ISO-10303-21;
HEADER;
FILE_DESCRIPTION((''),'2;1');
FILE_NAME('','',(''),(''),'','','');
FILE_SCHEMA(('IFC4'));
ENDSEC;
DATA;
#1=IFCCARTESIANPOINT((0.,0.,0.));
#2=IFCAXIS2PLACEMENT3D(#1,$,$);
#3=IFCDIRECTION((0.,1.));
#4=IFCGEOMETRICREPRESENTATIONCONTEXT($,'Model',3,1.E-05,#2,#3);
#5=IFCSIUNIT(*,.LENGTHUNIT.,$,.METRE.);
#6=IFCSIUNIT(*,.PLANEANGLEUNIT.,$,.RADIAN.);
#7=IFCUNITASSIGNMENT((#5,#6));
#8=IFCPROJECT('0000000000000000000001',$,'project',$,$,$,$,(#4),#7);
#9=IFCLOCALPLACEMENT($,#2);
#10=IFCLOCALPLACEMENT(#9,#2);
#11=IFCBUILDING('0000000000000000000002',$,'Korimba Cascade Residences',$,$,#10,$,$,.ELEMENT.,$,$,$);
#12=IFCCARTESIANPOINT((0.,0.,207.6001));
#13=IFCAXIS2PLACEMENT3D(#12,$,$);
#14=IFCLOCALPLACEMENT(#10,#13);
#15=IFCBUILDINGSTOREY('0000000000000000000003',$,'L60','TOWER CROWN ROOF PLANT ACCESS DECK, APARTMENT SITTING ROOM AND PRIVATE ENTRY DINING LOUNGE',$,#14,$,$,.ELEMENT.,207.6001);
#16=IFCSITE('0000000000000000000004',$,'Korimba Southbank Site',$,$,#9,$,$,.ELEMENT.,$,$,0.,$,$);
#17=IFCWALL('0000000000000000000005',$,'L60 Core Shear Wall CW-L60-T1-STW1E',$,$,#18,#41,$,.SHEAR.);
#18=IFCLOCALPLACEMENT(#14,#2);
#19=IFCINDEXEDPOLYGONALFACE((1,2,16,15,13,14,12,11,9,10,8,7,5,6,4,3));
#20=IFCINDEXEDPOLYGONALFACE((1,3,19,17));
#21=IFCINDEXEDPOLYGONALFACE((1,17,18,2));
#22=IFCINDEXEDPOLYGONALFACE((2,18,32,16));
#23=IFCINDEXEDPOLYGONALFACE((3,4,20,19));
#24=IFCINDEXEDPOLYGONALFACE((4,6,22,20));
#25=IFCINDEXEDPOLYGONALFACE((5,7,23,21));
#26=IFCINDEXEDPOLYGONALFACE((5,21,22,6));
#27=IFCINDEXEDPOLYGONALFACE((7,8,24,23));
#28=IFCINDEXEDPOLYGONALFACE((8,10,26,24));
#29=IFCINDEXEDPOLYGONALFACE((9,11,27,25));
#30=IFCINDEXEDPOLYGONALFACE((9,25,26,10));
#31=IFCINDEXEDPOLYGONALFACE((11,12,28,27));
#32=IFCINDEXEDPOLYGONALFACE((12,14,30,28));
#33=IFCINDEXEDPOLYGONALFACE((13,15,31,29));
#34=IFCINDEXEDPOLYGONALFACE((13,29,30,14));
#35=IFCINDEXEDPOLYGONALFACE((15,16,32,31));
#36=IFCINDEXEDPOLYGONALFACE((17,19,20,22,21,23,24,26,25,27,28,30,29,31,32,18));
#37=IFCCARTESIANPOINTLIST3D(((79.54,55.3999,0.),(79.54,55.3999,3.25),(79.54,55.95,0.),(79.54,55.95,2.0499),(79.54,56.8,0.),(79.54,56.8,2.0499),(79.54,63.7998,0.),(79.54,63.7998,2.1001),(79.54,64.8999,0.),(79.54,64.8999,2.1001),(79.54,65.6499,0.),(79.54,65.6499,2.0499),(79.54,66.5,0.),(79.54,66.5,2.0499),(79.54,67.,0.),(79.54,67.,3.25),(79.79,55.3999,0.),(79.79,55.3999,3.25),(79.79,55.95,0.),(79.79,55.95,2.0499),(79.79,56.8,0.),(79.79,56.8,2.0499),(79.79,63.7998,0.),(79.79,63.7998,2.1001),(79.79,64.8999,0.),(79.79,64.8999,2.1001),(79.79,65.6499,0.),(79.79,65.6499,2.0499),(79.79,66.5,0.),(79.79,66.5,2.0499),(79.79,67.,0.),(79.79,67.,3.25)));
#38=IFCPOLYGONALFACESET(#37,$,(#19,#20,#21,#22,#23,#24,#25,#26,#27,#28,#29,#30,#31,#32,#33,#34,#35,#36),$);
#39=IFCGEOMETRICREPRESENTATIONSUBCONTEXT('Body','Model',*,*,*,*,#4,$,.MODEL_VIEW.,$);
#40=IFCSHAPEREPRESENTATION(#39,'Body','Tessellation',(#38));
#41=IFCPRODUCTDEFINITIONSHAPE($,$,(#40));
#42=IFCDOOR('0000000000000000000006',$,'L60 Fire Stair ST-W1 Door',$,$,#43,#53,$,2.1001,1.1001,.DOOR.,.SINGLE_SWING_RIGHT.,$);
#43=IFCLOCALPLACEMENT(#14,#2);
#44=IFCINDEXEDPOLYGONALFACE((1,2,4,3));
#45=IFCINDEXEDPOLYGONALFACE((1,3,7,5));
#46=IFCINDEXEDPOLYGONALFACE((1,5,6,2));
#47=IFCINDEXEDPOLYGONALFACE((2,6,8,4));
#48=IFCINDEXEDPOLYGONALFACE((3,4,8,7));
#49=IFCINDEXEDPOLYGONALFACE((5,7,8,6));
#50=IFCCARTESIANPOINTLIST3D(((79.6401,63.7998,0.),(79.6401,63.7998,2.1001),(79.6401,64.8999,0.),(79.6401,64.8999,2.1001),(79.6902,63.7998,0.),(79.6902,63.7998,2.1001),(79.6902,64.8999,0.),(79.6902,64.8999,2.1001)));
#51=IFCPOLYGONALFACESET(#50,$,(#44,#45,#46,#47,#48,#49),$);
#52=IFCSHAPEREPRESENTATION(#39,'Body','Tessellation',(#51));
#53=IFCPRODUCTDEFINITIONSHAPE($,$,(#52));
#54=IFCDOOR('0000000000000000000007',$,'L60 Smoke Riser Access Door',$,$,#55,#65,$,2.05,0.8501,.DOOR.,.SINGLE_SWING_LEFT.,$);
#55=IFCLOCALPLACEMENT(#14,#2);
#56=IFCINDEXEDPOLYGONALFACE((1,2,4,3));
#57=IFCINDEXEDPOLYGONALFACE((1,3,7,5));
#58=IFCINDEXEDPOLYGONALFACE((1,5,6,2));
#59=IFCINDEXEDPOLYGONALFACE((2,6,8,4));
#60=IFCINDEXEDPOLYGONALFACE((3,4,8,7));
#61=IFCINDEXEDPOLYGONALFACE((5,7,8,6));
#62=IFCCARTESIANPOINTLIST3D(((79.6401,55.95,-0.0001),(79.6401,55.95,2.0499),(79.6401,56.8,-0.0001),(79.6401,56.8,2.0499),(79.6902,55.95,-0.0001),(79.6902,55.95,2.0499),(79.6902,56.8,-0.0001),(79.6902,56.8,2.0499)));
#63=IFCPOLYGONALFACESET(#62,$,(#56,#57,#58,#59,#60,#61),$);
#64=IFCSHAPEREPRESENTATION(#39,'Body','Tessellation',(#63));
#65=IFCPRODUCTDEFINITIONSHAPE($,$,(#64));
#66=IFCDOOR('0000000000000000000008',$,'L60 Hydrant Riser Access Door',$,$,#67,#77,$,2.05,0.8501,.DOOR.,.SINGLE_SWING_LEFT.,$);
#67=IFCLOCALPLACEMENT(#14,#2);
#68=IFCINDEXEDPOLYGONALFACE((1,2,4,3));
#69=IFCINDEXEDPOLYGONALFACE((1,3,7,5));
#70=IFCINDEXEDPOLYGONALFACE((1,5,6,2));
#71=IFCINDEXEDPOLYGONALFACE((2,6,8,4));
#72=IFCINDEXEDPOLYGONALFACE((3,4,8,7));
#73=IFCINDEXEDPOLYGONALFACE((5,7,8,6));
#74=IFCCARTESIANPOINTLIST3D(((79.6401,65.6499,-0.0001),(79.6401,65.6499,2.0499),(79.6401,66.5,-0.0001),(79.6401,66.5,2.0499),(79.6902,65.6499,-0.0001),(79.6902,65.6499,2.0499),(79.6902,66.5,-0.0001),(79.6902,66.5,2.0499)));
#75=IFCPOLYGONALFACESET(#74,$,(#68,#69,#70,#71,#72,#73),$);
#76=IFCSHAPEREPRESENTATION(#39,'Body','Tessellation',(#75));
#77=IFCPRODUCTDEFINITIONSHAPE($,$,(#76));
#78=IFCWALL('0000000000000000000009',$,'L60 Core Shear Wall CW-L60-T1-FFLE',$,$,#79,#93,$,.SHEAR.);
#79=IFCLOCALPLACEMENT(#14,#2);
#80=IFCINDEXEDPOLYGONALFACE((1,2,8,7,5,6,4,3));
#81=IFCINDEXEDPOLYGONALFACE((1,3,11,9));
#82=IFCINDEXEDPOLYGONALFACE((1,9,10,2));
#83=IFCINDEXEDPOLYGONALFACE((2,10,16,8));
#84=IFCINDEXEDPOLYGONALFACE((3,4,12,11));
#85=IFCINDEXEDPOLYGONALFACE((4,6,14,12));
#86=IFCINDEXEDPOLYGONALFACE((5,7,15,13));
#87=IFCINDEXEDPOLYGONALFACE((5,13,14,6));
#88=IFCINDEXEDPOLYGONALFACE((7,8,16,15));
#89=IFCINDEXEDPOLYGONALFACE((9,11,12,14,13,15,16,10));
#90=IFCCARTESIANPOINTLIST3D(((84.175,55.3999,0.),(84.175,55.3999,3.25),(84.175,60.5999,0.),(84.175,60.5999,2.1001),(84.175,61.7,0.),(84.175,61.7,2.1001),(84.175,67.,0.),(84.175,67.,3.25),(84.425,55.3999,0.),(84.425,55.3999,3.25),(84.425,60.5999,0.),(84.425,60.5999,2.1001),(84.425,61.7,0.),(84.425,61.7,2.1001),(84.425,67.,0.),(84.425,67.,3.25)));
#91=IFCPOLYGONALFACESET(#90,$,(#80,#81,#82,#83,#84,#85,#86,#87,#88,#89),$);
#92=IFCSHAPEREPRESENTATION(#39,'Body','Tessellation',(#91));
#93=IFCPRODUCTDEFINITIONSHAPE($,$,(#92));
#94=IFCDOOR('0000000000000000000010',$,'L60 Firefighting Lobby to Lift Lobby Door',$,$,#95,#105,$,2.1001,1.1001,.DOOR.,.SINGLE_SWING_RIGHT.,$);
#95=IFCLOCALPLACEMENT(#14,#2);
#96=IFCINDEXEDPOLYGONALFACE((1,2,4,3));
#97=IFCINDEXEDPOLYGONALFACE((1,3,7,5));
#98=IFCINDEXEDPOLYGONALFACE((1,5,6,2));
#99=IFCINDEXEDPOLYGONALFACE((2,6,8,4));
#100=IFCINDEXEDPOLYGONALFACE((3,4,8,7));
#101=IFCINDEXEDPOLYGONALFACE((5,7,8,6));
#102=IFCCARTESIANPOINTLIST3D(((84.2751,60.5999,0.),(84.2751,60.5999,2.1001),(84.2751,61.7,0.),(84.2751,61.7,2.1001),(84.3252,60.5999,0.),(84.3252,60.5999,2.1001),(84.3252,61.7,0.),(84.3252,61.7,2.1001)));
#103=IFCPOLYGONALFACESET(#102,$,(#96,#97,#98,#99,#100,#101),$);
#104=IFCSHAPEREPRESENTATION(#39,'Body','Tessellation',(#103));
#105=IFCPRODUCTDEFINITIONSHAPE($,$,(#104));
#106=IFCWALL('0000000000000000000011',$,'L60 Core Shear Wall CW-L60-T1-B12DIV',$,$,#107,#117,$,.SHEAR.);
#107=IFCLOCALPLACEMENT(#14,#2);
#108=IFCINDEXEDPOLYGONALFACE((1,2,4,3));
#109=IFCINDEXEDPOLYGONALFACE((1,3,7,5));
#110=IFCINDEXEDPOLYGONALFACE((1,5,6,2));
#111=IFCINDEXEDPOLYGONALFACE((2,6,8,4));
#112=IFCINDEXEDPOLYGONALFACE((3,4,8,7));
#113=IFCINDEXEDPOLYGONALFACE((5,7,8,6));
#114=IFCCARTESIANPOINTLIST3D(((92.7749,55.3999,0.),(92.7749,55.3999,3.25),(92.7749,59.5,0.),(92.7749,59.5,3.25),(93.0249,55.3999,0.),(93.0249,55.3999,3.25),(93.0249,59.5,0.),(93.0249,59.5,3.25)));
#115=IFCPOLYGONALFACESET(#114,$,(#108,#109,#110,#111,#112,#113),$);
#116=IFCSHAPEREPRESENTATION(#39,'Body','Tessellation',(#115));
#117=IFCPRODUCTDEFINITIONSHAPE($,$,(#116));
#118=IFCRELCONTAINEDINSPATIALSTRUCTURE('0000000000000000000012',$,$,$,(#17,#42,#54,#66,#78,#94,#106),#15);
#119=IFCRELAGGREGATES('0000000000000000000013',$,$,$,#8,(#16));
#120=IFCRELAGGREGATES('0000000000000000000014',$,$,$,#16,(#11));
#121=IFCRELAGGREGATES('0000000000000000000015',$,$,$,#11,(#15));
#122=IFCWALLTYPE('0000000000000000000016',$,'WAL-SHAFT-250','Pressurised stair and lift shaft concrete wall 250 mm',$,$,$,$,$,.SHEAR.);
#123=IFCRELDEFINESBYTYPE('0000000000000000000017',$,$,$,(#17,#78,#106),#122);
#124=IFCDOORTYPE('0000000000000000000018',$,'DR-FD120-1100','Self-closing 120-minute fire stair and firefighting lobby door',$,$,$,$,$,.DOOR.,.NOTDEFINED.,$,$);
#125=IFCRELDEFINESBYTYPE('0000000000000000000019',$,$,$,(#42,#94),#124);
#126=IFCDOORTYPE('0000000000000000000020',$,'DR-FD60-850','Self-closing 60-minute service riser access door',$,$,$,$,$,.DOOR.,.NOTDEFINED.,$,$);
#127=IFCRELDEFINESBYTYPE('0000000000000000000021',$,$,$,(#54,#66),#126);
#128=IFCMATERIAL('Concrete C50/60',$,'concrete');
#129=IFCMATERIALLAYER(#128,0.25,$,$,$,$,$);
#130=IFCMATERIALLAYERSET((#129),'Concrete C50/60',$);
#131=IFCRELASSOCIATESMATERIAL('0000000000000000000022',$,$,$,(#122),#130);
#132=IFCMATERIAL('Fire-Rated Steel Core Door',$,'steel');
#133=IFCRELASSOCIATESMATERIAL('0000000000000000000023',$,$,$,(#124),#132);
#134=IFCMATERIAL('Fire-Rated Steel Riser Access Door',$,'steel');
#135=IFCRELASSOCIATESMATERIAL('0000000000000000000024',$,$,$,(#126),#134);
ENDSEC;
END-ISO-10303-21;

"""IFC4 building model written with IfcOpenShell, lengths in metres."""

from ifc_helpers import new_model, si_unit, direction, frame, frame_2d, origin, place, context, subcontext, project, spatial, rectangle, extrude, material, layer, layer_set, type_object, element, fill, save


model = new_model("IFC4")

# Units and contexts
model_context = context("Model", 3, precision=1e-05, world=origin(), true_north=direction((0.0, 1.0)))
body_context = subcontext(model_context, "Body", "Model", "MODEL_VIEW")
ifc_project = project(units=[si_unit("LENGTHUNIT", "METRE"), si_unit("PLANEANGLEUNIT", "RADIAN")], contexts=[model_context])

# Site, building, storey
site_placement = place(None, origin())
site = spatial("IfcSite", under=ifc_project, at=site_placement, Name="Korimba Southbank Site", CompositionType="ELEMENT", RefElevation=0.0)
building_placement = place(site_placement, origin())
building = spatial("IfcBuilding", under=site, at=building_placement, Name="Korimba Cascade Residences", CompositionType="ELEMENT")
storey_placement = place(building_placement, frame((0.0, 0.0, 207.6001)))
storey = spatial("IfcBuildingStorey", under=building, at=storey_placement, Name="L60", Description="TOWER CROWN ROOF PLANT ACCESS DECK, APARTMENT SITTING ROOM AND PRIVATE ENTRY DINING LOUNGE", CompositionType="ELEMENT", Elevation=207.6001)

# Wall, openings, doors
ifc_material_1 = material(Name="Concrete C50/60", Category="concrete")
ifc_layer_1 = layer(ifc_material_1, 0.25)
ifc_layer_set_1 = layer_set([ifc_layer_1], Name="Concrete C50/60")
wall_type_1 = type_object("IfcWallType", Name="WAL-SHAFT-250", Description="Pressurised stair and lift shaft concrete wall 250 mm", PredefinedType="SHEAR", material=ifc_layer_set_1)
wall_1_placement = place(storey_placement, frame((79.665, 55.3999, 0.0), z_axis=(0.0, 0.0, 1.0), x_axis=(0.0, 1.0, 0.0)))
wall_1 = element("IfcWall", 1, at=wall_1_placement, inside=storey, type_object=wall_type_1, Name="L60 Core Shear Wall CW-L60-T1-STW1E", PredefinedType="SHEAR", context=body_context, shape_type="SweptSolid", body=[
    extrude(rectangle(XDim=11.6001, YDim=0.25, at=frame_2d((5.8, 0.0))), origin(), (0.0, 0.0, 1.0), 3.25),
])
opening_1_placement = place(wall_1_placement, frame((0.55, 0.0, 0.0)))
opening_1 = element("IfcOpeningElement", 2, at=opening_1_placement, cuts=wall_1, PredefinedType="OPENING", context=body_context, shape_type="SweptSolid", body=[
    extrude(rectangle(XDim=0.8501, YDim=2.05, at=frame_2d((0.425, 1.0249))), frame((0.0, 0.135, 0.0), z_axis=(0.0, -1.0, 0.0), x_axis=(1.0, 0.0, 0.0)), (0.0, 0.0, 1.0), 0.27),
])
opening_2_placement = place(wall_1_placement, frame((8.3999, 0.0, 0.0)))
opening_2 = element("IfcOpeningElement", 3, at=opening_2_placement, cuts=wall_1, PredefinedType="OPENING", context=body_context, shape_type="SweptSolid", body=[
    extrude(rectangle(XDim=1.1001, YDim=2.1001, at=frame_2d((0.55, 1.05))), frame((0.0, 0.135, 0.0), z_axis=(0.0, -1.0, 0.0), x_axis=(1.0, 0.0, 0.0)), (0.0, 0.0, 1.0), 0.27),
])
opening_3_placement = place(wall_1_placement, frame((10.25, 0.0, 0.0)))
opening_3 = element("IfcOpeningElement", 4, at=opening_3_placement, cuts=wall_1, PredefinedType="OPENING", context=body_context, shape_type="SweptSolid", body=[
    extrude(rectangle(XDim=0.8501, YDim=2.05, at=frame_2d((0.425, 1.0249))), frame((0.0, 0.135, 0.0), z_axis=(0.0, -1.0, 0.0), x_axis=(1.0, 0.0, 0.0)), (0.0, 0.0, 1.0), 0.27),
])
ifc_material_2 = material(Name="Fire-Rated Steel Core Door", Category="steel")
door_type_1 = type_object("IfcDoorType", Name="DR-FD120-1100", Description="Self-closing 120-minute fire stair and firefighting lobby door", OperationType="NOTDEFINED", PredefinedType="DOOR", material=ifc_material_2)
door_1_placement = place(opening_2_placement, origin())
door_1 = element("IfcDoor", 5, at=door_1_placement, inside=storey, type_object=door_type_1, Name="L60 Fire Stair ST-W1 Door", OperationType="SINGLE_SWING_RIGHT", OverallHeight=2.1001, OverallWidth=1.1001, PredefinedType="DOOR", context=body_context, shape_type="SweptSolid", body=[
    extrude(rectangle(XDim=1.1001, YDim=2.1001, at=frame_2d((0.55, 1.05))), frame((0.0, 0.0249, 0.0), z_axis=(0.0, -1.0, 0.0), x_axis=(1.0, 0.0, 0.0)), (0.0, 0.0, 1.0), 0.05),
])
fill(opening_2, door_1)
ifc_material_3 = material(Name="Fire-Rated Steel Riser Access Door", Category="steel")
door_type_2 = type_object("IfcDoorType", Name="DR-FD60-850", Description="Self-closing 60-minute service riser access door", OperationType="NOTDEFINED", PredefinedType="DOOR", material=ifc_material_3)
door_2_placement = place(opening_1_placement, origin())
door_2 = element("IfcDoor", 6, at=door_2_placement, inside=storey, type_object=door_type_2, Name="L60 Smoke Riser Access Door", OperationType="SINGLE_SWING_LEFT", OverallHeight=2.05, OverallWidth=0.8501, PredefinedType="DOOR", context=body_context, shape_type="SweptSolid", body=[
    extrude(rectangle(XDim=0.8501, YDim=2.05, at=frame_2d((0.425, 1.0249))), frame((0.0, 0.0249, 0.0), z_axis=(0.0, -1.0, 0.0), x_axis=(1.0, 0.0, 0.0)), (0.0, 0.0, 1.0), 0.05),
])
fill(opening_1, door_2)
door_3_placement = place(opening_3_placement, origin())
door_3 = element("IfcDoor", 7, at=door_3_placement, inside=storey, type_object=door_type_2, Name="L60 Hydrant Riser Access Door", OperationType="SINGLE_SWING_LEFT", OverallHeight=2.05, OverallWidth=0.8501, PredefinedType="DOOR", context=body_context, shape_type="SweptSolid", body=[
    extrude(rectangle(XDim=0.8501, YDim=2.05, at=frame_2d((0.425, 1.0249))), frame((0.0, 0.0249, 0.0), z_axis=(0.0, -1.0, 0.0), x_axis=(1.0, 0.0, 0.0)), (0.0, 0.0, 1.0), 0.05),
])
fill(opening_3, door_3)

# Wall, opening, door
wall_2_placement = place(storey_placement, frame((84.3, 55.3999, 0.0), z_axis=(0.0, 0.0, 1.0), x_axis=(0.0, 1.0, 0.0)))
wall_2 = element("IfcWall", 8, at=wall_2_placement, inside=storey, type_object=wall_type_1, Name="L60 Core Shear Wall CW-L60-T1-FFLE", PredefinedType="SHEAR", context=body_context, shape_type="SweptSolid", body=[
    extrude(rectangle(XDim=11.6001, YDim=0.25, at=frame_2d((5.8, 0.0))), origin(), (0.0, 0.0, 1.0), 3.25),
])
opening_4_placement = place(wall_2_placement, frame((5.2, 0.0, 0.0)))
opening_4 = element("IfcOpeningElement", 9, at=opening_4_placement, cuts=wall_2, PredefinedType="OPENING", context=body_context, shape_type="SweptSolid", body=[
    extrude(rectangle(XDim=1.1001, YDim=2.1001, at=frame_2d((0.55, 1.05))), frame((0.0, 0.135, 0.0), z_axis=(0.0, -1.0, 0.0), x_axis=(1.0, 0.0, 0.0)), (0.0, 0.0, 1.0), 0.27),
])
door_4_placement = place(opening_4_placement, origin())
door_4 = element("IfcDoor", 10, at=door_4_placement, inside=storey, type_object=door_type_1, Name="L60 Firefighting Lobby to Lift Lobby Door", OperationType="SINGLE_SWING_RIGHT", OverallHeight=2.1001, OverallWidth=1.1001, PredefinedType="DOOR", context=body_context, shape_type="SweptSolid", body=[
    extrude(rectangle(XDim=1.1001, YDim=2.1001, at=frame_2d((0.55, 1.05))), frame((0.0, 0.0249, 0.0), z_axis=(0.0, -1.0, 0.0), x_axis=(1.0, 0.0, 0.0)), (0.0, 0.0, 1.0), 0.05),
])
fill(opening_4, door_4)

# Wall
wall_3_placement = place(storey_placement, frame((92.8999, 55.3999, 0.0), z_axis=(0.0, 0.0, 1.0), x_axis=(0.0, 1.0, 0.0)))
element("IfcWall", 11, at=wall_3_placement, inside=storey, type_object=wall_type_1, Name="L60 Core Shear Wall CW-L60-T1-B12DIV", PredefinedType="SHEAR", context=body_context, shape_type="SweptSolid", body=[
    extrude(rectangle(XDim=4.1001, YDim=0.25, at=frame_2d((2.05, 0.0))), origin(), (0.0, 0.0, 1.0), 3.25),
])

save(model, "model.ifc")
